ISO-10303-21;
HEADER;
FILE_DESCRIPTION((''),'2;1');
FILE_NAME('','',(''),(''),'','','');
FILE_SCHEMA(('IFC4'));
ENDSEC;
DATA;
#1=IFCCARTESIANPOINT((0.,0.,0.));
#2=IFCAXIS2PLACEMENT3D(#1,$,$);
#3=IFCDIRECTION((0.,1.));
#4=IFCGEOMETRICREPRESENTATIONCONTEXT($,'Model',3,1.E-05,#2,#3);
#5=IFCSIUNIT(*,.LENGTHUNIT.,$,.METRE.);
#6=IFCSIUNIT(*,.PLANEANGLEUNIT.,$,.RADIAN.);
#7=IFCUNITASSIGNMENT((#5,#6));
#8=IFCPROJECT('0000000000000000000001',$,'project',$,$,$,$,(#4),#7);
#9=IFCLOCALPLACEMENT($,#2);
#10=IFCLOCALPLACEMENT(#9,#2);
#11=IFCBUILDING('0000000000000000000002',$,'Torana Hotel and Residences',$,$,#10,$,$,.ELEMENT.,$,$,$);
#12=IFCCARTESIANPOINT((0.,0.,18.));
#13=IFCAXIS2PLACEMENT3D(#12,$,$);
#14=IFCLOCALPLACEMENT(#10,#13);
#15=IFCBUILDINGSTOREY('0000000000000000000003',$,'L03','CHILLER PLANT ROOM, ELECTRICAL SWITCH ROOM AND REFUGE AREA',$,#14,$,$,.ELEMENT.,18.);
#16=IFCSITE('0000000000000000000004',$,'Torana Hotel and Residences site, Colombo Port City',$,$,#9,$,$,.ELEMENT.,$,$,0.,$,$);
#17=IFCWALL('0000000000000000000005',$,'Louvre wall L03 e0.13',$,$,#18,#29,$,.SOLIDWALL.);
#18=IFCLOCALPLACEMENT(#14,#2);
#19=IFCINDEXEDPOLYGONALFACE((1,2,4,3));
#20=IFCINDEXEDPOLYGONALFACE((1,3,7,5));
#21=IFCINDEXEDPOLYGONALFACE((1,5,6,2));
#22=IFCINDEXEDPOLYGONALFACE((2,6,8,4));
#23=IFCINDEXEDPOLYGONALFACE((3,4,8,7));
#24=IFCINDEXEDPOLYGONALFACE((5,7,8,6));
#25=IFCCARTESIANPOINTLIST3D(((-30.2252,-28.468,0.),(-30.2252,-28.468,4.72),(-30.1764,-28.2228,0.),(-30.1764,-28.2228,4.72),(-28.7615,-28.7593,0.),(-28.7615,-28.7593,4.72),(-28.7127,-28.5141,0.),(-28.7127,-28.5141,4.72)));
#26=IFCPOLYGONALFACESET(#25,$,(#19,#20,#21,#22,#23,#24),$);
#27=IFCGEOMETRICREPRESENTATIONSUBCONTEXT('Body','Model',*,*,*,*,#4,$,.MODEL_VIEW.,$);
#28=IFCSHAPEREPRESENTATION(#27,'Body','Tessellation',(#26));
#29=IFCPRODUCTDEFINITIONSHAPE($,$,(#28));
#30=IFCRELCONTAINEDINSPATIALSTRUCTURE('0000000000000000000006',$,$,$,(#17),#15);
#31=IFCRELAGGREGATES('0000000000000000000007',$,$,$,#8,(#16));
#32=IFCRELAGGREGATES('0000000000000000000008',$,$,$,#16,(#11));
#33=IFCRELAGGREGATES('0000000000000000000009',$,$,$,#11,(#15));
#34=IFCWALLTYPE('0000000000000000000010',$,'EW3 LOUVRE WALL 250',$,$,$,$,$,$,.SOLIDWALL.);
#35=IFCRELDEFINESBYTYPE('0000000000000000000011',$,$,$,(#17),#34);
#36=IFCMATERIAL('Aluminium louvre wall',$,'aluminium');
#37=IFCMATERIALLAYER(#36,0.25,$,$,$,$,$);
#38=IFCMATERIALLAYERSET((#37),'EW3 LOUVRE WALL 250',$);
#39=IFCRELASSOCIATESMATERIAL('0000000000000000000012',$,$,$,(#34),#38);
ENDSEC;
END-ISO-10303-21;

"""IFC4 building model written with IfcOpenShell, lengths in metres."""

from ifc_helpers import new_model, si_unit, direction, frame, frame_2d, origin, place, context, subcontext, project, spatial, rectangle, extrude, material, layer, layer_set, type_object, element, save


model = new_model("IFC4")

# Units and contexts
model_context = context("Model", 3, precision=1e-05, world=origin(), true_north=direction((0.0, 1.0)))
body_context = subcontext(model_context, "Body", "Model", "MODEL_VIEW")
ifc_project = project(units=[si_unit("LENGTHUNIT", "METRE"), si_unit("PLANEANGLEUNIT", "RADIAN")], contexts=[model_context])

# Site, building, storey
site_placement = place(None, origin())
site = spatial("IfcSite", under=ifc_project, at=site_placement, Name="Torana Hotel and Residences site, Colombo Port City", CompositionType="ELEMENT", RefElevation=0.0)
building_placement = place(site_placement, origin())
building = spatial("IfcBuilding", under=site, at=building_placement, Name="Torana Hotel and Residences", CompositionType="ELEMENT")
storey_placement = place(building_placement, frame((0.0, 0.0, 18.0)))
storey = spatial("IfcBuildingStorey", under=building, at=storey_placement, Name="L03", Description="CHILLER PLANT ROOM, ELECTRICAL SWITCH ROOM AND REFUGE AREA", CompositionType="ELEMENT", Elevation=18.0)

# Wall
ifc_material_1 = material(Name="Aluminium louvre wall", Category="aluminium")
ifc_layer = layer(ifc_material_1, 0.25)
ifc_layer_set = layer_set([ifc_layer], Name="EW3 LOUVRE WALL 250")
wall_type = type_object("IfcWallType", Name="EW3 LOUVRE WALL 250", PredefinedType="SOLIDWALL", material=ifc_layer_set)
wall_1_placement = place(storey_placement, frame((-30.2007, -28.3455, 0.0), z_axis=(0.0, 0.0, 1.0), x_axis=(0.980769, -0.195172, 0.0)))
element("IfcWall", 1, at=wall_1_placement, inside=storey, type_object=wall_type, Name="Louvre wall L03 e0.13", PredefinedType="SOLIDWALL", context=body_context, shape_type="SweptSolid", body=[
    extrude(rectangle(XDim=1.4924, YDim=0.25, at=frame_2d((0.7461, 0.0))), origin(), (0.0, 0.0, 1.0), 4.72),
])

save(model, "model.ifc")
